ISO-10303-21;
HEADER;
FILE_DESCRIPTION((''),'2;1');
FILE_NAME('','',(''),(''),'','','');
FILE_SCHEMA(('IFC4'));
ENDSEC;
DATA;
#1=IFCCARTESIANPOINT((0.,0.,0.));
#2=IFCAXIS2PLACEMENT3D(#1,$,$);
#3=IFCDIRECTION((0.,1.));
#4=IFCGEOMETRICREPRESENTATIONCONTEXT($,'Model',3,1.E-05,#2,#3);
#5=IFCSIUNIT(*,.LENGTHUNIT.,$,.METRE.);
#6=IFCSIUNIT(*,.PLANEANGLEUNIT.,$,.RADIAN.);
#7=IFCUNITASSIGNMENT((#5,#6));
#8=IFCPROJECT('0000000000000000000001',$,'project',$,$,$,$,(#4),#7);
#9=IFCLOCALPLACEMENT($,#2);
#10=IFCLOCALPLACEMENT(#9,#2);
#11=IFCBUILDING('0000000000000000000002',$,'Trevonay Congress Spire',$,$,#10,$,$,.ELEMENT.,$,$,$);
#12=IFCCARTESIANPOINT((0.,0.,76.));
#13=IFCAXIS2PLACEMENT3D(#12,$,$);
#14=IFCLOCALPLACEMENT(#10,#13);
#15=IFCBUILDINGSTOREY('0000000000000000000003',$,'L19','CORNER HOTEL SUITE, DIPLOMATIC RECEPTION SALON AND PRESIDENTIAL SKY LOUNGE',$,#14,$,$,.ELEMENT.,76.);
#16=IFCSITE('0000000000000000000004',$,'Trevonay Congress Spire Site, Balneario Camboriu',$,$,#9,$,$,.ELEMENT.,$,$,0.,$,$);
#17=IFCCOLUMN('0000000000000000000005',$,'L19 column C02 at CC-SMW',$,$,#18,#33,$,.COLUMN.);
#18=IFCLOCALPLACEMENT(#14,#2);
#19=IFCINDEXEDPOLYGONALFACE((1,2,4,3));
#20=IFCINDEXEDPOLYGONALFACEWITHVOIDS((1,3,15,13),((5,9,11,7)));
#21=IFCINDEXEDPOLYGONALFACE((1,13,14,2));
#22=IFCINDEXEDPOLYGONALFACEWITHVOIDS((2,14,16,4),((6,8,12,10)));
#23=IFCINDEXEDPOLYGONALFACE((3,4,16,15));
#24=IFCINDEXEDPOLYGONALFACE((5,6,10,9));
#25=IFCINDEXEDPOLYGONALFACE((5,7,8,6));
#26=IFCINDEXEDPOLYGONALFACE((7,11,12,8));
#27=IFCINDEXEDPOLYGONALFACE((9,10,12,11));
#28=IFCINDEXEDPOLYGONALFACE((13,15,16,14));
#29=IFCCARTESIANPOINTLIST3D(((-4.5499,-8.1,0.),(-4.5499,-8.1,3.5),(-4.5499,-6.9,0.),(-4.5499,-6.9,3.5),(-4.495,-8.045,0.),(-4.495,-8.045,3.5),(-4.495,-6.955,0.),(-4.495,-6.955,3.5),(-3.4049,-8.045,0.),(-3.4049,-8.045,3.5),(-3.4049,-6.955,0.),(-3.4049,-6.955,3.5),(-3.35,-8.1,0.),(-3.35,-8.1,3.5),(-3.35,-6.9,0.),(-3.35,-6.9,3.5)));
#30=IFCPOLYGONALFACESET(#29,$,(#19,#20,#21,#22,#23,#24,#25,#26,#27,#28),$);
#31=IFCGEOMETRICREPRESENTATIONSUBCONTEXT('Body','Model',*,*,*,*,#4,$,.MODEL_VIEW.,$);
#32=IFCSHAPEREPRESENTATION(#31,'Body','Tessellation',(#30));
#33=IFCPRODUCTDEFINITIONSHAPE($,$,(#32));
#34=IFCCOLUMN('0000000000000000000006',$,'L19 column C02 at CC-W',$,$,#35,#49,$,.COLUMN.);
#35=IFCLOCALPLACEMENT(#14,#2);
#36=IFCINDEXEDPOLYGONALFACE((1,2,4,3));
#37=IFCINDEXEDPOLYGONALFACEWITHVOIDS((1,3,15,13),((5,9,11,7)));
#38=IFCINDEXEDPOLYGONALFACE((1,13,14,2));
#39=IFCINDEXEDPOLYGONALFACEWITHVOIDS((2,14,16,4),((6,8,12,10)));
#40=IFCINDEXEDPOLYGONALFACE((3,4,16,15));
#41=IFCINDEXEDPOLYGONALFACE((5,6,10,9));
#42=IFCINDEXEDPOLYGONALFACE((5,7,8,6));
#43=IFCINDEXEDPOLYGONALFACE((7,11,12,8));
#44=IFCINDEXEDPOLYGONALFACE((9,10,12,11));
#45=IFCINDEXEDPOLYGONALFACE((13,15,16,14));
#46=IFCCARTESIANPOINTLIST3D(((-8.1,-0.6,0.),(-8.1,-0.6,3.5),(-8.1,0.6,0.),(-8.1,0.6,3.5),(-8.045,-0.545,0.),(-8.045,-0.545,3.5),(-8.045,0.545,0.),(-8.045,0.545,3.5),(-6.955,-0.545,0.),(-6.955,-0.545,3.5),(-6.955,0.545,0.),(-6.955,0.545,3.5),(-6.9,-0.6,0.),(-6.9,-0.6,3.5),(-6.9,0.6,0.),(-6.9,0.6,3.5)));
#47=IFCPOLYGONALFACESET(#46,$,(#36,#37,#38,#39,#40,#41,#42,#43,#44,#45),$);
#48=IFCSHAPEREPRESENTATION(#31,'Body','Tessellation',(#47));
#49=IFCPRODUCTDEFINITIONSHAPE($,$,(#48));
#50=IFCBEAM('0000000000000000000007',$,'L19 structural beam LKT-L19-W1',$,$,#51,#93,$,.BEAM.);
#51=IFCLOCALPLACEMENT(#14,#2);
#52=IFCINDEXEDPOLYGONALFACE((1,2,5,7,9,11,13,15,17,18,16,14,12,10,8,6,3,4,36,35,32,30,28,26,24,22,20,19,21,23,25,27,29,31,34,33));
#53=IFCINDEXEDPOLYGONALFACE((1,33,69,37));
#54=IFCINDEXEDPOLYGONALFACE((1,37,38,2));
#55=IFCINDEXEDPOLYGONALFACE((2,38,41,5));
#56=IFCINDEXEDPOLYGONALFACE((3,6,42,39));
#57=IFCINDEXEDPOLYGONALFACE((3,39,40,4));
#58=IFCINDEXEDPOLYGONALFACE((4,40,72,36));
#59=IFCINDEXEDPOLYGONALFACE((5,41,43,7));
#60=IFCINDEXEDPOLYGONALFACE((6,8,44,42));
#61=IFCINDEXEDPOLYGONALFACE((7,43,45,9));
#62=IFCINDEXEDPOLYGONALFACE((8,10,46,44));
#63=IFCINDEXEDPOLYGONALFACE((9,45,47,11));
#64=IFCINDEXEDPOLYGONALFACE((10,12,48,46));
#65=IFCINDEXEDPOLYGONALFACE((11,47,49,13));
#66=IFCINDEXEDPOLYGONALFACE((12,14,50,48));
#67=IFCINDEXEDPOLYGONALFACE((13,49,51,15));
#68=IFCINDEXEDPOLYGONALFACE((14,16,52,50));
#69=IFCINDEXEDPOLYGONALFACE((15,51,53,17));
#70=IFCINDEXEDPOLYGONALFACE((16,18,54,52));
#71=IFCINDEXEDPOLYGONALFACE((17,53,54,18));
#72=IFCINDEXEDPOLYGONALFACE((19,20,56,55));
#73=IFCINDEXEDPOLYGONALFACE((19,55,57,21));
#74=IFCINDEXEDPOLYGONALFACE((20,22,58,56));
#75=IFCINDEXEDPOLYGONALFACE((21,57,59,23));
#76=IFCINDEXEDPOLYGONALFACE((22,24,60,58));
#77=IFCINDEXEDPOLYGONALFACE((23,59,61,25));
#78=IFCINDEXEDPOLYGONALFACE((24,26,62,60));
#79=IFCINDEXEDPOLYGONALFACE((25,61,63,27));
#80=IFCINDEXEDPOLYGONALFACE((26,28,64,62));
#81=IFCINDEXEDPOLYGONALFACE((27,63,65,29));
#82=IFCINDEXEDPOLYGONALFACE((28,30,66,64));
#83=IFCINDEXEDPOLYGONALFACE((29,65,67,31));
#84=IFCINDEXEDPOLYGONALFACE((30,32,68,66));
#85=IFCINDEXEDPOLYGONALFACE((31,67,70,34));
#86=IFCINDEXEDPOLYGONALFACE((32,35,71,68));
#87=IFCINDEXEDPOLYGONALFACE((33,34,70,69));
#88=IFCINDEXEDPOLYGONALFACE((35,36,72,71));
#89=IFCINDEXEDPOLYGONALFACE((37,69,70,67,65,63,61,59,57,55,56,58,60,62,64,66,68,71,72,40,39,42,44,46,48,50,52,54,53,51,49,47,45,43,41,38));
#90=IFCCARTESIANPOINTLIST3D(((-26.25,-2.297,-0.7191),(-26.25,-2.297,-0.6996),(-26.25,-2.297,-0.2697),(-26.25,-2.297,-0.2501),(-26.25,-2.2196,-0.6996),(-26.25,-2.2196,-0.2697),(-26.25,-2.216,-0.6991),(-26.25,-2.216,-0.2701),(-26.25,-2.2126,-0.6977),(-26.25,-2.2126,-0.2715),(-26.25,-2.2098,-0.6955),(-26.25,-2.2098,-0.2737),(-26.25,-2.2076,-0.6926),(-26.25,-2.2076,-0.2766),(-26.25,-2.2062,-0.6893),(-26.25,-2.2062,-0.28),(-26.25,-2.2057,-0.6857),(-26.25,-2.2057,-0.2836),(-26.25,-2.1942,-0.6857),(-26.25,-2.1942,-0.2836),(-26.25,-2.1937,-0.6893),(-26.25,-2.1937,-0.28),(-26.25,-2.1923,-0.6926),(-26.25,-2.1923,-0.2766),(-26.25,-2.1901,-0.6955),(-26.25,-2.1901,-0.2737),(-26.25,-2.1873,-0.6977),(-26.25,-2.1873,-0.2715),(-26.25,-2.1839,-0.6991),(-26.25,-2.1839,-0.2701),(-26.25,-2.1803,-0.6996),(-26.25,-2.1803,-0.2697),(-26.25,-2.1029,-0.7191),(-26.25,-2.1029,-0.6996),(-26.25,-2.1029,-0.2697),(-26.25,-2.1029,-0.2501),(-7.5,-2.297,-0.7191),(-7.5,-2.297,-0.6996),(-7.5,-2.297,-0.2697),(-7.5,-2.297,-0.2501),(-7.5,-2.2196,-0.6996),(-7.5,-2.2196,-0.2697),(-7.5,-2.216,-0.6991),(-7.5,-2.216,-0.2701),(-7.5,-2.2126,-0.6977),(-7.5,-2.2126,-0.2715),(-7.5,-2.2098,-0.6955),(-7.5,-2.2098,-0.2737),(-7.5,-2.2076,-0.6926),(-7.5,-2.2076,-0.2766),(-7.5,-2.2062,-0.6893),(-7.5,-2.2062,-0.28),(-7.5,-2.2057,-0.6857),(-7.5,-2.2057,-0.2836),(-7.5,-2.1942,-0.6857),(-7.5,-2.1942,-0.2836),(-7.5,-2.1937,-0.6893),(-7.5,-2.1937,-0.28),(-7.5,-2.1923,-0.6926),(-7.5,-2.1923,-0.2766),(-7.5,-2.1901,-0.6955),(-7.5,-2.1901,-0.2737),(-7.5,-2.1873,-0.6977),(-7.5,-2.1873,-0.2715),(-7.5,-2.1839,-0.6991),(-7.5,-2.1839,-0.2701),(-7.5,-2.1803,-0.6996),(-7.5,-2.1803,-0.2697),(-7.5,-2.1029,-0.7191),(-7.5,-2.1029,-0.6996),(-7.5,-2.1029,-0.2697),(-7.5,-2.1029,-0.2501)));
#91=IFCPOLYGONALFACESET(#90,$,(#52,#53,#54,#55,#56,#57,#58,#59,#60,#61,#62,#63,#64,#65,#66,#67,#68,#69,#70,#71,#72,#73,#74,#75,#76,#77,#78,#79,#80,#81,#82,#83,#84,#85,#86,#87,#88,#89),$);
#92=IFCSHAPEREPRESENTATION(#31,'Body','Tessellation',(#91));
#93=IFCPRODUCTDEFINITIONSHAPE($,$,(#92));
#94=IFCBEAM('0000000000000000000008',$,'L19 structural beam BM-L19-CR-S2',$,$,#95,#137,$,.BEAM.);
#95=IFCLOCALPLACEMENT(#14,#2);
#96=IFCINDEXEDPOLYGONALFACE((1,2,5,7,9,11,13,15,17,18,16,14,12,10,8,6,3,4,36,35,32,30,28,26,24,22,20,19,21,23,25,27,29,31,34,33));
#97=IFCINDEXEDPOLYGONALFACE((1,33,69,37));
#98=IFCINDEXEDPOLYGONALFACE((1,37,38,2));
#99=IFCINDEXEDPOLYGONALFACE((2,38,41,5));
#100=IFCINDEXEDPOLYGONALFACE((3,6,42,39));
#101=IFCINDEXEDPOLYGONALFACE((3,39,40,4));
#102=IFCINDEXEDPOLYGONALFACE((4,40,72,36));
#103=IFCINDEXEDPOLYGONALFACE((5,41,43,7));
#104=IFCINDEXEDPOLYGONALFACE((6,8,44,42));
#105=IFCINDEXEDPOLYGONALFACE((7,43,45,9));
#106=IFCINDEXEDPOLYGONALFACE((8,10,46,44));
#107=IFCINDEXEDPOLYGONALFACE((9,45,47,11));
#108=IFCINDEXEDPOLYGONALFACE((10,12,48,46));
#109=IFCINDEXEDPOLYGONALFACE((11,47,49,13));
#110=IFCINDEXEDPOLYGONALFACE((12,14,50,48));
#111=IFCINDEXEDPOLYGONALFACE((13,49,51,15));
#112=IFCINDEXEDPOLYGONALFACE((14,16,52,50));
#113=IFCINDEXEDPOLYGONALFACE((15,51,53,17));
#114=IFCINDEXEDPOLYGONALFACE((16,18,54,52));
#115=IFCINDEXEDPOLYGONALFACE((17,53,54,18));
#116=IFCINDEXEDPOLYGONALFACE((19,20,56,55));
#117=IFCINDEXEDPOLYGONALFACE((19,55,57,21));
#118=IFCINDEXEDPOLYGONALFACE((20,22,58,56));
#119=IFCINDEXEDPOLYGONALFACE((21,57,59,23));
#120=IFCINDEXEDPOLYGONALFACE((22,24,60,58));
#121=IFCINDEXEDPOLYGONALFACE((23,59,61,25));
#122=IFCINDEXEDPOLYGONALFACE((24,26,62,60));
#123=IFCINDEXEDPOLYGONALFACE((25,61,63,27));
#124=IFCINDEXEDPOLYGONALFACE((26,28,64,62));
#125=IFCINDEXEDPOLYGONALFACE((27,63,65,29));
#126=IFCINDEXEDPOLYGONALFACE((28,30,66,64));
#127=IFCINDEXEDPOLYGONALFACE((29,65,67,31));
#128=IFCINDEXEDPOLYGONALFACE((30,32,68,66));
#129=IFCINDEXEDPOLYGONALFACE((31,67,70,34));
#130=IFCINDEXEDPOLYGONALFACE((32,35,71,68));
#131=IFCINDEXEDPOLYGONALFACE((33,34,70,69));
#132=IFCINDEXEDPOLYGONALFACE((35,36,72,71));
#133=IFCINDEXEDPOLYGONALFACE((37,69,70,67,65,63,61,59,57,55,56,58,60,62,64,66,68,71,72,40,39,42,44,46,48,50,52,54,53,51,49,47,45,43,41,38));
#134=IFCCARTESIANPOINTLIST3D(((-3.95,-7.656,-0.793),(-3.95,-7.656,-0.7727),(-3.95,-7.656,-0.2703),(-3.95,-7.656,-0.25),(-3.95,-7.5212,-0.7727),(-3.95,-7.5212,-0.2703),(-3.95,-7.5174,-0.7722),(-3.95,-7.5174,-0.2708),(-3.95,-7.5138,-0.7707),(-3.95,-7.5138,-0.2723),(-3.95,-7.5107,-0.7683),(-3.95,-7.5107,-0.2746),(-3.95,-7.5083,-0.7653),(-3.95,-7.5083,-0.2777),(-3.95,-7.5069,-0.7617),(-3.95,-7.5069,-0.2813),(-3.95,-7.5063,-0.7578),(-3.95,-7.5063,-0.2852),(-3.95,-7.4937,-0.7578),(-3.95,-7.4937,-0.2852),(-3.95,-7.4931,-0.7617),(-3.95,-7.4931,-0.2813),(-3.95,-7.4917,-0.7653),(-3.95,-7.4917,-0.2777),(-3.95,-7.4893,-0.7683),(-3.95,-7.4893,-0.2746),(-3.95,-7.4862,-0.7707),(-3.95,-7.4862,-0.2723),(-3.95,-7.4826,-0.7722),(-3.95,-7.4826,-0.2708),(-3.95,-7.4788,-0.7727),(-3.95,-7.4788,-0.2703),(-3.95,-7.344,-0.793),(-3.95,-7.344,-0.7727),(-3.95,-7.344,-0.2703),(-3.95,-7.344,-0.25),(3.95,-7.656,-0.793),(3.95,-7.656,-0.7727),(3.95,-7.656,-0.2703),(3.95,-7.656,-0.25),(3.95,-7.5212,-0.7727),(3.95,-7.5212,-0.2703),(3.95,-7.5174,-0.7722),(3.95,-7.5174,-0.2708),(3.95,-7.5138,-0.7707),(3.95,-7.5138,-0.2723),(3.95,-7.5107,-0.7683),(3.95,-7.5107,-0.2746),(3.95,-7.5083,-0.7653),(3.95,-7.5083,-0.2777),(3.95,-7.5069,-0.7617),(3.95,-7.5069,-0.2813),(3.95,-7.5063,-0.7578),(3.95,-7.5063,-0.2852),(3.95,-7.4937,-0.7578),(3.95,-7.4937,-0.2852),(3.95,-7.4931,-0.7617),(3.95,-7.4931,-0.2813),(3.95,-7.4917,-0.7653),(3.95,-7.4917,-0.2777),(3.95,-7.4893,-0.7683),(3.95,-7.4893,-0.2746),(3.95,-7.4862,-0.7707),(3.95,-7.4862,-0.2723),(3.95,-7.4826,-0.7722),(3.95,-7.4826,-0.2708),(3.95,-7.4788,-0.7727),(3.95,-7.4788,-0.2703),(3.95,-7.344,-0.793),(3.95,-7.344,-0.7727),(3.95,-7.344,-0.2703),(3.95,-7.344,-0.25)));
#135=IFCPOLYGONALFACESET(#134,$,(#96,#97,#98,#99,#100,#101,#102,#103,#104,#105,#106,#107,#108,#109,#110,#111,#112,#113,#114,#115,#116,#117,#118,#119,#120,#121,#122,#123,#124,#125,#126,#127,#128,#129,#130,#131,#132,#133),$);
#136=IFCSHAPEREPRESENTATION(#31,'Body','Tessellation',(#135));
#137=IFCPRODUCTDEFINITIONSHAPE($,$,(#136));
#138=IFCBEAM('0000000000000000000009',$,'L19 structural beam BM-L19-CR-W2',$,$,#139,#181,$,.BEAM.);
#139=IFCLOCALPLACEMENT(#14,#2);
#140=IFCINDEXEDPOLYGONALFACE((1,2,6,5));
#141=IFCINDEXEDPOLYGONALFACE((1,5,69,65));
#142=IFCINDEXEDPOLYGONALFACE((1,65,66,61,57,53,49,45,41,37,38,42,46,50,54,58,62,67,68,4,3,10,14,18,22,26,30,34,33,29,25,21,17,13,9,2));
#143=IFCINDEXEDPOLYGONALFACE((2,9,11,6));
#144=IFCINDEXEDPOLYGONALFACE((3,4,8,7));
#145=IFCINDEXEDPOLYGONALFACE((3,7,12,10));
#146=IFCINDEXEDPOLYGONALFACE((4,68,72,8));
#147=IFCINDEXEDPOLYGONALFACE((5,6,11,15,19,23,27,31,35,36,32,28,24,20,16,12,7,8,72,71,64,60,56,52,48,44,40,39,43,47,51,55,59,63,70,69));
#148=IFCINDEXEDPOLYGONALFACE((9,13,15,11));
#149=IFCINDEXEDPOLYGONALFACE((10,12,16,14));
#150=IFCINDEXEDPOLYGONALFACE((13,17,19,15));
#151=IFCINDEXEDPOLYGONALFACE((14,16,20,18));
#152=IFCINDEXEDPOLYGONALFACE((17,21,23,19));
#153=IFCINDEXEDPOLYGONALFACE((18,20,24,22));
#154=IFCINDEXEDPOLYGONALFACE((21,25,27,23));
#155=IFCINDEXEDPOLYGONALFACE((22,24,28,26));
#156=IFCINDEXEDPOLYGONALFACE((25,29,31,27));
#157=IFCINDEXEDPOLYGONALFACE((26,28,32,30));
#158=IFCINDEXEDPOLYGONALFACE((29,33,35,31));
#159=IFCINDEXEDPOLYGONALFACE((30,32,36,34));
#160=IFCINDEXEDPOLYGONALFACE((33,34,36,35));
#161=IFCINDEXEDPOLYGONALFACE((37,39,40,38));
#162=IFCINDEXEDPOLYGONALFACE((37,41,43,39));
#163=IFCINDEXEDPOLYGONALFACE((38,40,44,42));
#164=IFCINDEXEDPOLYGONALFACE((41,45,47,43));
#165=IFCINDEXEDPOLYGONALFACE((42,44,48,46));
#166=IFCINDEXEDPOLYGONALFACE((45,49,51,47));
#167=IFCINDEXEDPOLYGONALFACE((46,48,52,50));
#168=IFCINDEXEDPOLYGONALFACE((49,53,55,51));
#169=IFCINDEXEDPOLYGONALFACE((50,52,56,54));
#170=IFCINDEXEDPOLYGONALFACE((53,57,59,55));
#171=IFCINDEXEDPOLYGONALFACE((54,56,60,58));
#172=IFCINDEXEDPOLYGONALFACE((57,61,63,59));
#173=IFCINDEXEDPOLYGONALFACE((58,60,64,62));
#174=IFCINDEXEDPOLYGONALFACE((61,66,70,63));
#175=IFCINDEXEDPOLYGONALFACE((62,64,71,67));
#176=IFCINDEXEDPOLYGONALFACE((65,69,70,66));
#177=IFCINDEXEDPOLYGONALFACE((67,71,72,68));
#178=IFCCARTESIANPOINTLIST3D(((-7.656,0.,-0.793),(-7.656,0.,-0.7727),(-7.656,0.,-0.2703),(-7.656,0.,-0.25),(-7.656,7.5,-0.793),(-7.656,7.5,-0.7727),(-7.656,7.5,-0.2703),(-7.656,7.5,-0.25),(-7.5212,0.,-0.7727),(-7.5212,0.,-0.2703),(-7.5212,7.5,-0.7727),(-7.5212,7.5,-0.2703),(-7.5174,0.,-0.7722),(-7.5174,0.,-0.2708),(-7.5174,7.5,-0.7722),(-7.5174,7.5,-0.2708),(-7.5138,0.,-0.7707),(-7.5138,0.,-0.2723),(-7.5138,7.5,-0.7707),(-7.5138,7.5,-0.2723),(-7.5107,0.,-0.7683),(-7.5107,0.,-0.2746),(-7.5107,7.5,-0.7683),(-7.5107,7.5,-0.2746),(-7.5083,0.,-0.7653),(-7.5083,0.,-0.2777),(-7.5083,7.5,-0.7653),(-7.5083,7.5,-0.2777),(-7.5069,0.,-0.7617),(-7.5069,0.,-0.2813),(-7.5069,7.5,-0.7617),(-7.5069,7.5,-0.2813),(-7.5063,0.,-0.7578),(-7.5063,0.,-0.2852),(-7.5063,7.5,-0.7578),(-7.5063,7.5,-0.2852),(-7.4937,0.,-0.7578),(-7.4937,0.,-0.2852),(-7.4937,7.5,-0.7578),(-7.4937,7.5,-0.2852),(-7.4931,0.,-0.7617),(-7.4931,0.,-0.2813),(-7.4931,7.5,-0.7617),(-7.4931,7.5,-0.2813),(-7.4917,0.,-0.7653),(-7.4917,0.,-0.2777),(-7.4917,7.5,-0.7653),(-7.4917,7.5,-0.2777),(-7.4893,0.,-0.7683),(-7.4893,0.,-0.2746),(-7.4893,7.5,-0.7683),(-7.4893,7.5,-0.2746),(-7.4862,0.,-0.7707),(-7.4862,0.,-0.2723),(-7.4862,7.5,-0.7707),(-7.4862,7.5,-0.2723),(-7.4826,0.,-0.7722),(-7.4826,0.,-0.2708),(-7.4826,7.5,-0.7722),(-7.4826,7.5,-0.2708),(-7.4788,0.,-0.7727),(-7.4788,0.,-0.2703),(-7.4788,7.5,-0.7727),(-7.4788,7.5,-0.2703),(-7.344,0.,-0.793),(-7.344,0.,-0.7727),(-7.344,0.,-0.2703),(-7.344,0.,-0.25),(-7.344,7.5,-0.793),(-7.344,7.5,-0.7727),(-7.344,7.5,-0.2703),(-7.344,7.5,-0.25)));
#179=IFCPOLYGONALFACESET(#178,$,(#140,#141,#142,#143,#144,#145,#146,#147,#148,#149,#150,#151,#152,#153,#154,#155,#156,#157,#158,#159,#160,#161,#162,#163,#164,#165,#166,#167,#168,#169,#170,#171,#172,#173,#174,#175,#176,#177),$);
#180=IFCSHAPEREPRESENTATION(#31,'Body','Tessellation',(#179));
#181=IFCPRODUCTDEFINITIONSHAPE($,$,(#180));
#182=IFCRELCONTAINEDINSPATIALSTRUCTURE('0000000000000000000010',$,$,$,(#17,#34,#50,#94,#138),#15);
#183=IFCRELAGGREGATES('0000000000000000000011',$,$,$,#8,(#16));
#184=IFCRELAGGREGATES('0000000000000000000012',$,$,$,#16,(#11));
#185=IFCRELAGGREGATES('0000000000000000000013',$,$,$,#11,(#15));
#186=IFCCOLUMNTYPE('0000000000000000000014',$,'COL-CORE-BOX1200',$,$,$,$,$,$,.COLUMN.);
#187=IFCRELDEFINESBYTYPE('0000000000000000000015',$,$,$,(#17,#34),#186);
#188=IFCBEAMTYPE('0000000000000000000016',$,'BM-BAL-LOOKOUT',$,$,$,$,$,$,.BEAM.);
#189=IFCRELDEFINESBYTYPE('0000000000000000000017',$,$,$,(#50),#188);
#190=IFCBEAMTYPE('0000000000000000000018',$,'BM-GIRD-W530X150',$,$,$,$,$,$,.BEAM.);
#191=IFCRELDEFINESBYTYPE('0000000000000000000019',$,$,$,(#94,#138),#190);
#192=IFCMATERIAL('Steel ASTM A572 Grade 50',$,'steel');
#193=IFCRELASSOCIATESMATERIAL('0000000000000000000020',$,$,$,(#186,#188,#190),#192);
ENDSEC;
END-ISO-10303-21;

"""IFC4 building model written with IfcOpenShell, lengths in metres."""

from ifc_helpers import new_model, si_unit, direction, frame, origin, origin_2d, place, context, subcontext, project, spatial, hollow_rectangle, i_section, extrude, material, material_profile, profile_set, type_object, element, save


model = new_model("IFC4")

# Units and contexts
model_context = context("Model", 3, precision=1e-05, world=origin(), true_north=direction((0.0, 1.0)))
body_context = subcontext(model_context, "Body", "Model", "MODEL_VIEW")
ifc_project = project(units=[si_unit("LENGTHUNIT", "METRE"), si_unit("PLANEANGLEUNIT", "RADIAN")], contexts=[model_context])

# Site, building, storey
site_placement = place(None, origin())
site = spatial("IfcSite", under=ifc_project, at=site_placement, Name="Trevonay Congress Spire Site, Balneario Camboriu", CompositionType="ELEMENT", RefElevation=0.0)
building_placement = place(site_placement, origin())
building = spatial("IfcBuilding", under=site, at=building_placement, Name="Trevonay Congress Spire", CompositionType="ELEMENT")
storey_placement = place(building_placement, frame((0.0, 0.0, 76.0)))
storey = spatial("IfcBuildingStorey", under=building, at=storey_placement, Name="L19", Description="CORNER HOTEL SUITE, DIPLOMATIC RECEPTION SALON AND PRESIDENTIAL SKY LOUNGE", CompositionType="ELEMENT", Elevation=76.0)

# Columns
ifc_material_1 = material(Name="Steel ASTM A572 Grade 50", Category="steel")
ifc_material_profile_1 = material_profile(ifc_material_1, hollow_rectangle(XDim=1.2, YDim=1.2, WallThickness=0.0549, at=origin_2d()), Name="BOX 1200x1200x55")
ifc_profile_set_1 = profile_set([ifc_material_profile_1], Name="Steel ASTM A572 Grade 50")
column_type = type_object("IfcColumnType", Name="COL-CORE-BOX1200", PredefinedType="COLUMN", material=ifc_profile_set_1)
for number, where, z_axis, x_axis, name in (
    (1, (-3.95, -7.5, 0.0), (0.0, 0.0, 1.0), (1.0, 0.0, 0.0), "L19 column C02 at CC-SMW"),
    (2, (-7.5, 0.0, 0.0), (0.0, 0.0, 1.0), (1.0, 0.0, 0.0), "L19 column C02 at CC-W"),
):
    element("IfcColumn", number, at=place(storey_placement, frame(where, z_axis=z_axis, x_axis=x_axis)), inside=storey, type_object=column_type, Name=name, PredefinedType="COLUMN", context=body_context, shape_type="SweptSolid", body=[
        extrude(hollow_rectangle(XDim=1.2, YDim=1.2, WallThickness=0.0549, at=origin_2d()), origin(), (0.0, 0.0, 1.0), 3.5),
    ])

# Beams
ifc_material_profile_2 = material_profile(ifc_material_1, i_section(OverallWidth=0.1941, OverallDepth=0.469, WebThickness=0.0115, FlangeThickness=0.0195, FilletRadius=0.0139, at=origin_2d()), Name="W460x106")
ifc_profile_set_2 = profile_set([ifc_material_profile_2], Name="Steel ASTM A572 Grade 50")
beam_type_1 = type_object("IfcBeamType", Name="BM-BAL-LOOKOUT", PredefinedType="BEAM", material=ifc_profile_set_2)
beam_1_placement = place(storey_placement, frame((-7.5, -2.2, -0.4846), z_axis=(-1.0, 0.0, 0.0), x_axis=(0.0, -1.0, 0.0)))
element("IfcBeam", 3, at=beam_1_placement, inside=storey, type_object=beam_type_1, Name="L19 structural beam LKT-L19-W1", PredefinedType="BEAM", context=body_context, shape_type="SweptSolid", body=[
    extrude(i_section(OverallWidth=0.1941, OverallDepth=0.469, WebThickness=0.0115, FlangeThickness=0.0195, FilletRadius=0.0139, at=origin_2d()), origin(), (0.0, 0.0, 1.0), 18.75),
])
ifc_material_profile_3 = material_profile(ifc_material_1, i_section(OverallWidth=0.312, OverallDepth=0.543, WebThickness=0.0127, FlangeThickness=0.0203, FilletRadius=0.0149, at=origin_2d()), Name="W530x150")
ifc_profile_set_3 = profile_set([ifc_material_profile_3], Name="Steel ASTM A572 Grade 50")
beam_type_2 = type_object("IfcBeamType", Name="BM-GIRD-W530X150", PredefinedType="BEAM", material=ifc_profile_set_3)
beam_2_placement = place(storey_placement, frame((-3.95, -7.5, -0.5215), z_axis=(1.0, 0.0, 0.0), x_axis=(0.0, 1.0, 0.0)))
element("IfcBeam", 4, at=beam_2_placement, inside=storey, type_object=beam_type_2, Name="L19 structural beam BM-L19-CR-S2", PredefinedType="BEAM", context=body_context, shape_type="SweptSolid", body=[
    extrude(i_section(OverallWidth=0.312, OverallDepth=0.543, WebThickness=0.0127, FlangeThickness=0.0203, FilletRadius=0.0149, at=origin_2d()), origin(), (0.0, 0.0, 1.0), 7.8999),
])
beam_3_placement = place(storey_placement, frame((-7.5, 0.0, -0.5215), z_axis=(0.0, 1.0, 0.0), x_axis=(-1.0, 0.0, 0.0)))
element("IfcBeam", 5, at=beam_3_placement, inside=storey, type_object=beam_type_2, Name="L19 structural beam BM-L19-CR-W2", PredefinedType="BEAM", context=body_context, shape_type="SweptSolid", body=[
    extrude(i_section(OverallWidth=0.312, OverallDepth=0.543, WebThickness=0.0127, FlangeThickness=0.0203, FilletRadius=0.0149, at=origin_2d()), origin(), (0.0, 0.0, 1.0), 7.5),
])

save(model, "model.ifc")
